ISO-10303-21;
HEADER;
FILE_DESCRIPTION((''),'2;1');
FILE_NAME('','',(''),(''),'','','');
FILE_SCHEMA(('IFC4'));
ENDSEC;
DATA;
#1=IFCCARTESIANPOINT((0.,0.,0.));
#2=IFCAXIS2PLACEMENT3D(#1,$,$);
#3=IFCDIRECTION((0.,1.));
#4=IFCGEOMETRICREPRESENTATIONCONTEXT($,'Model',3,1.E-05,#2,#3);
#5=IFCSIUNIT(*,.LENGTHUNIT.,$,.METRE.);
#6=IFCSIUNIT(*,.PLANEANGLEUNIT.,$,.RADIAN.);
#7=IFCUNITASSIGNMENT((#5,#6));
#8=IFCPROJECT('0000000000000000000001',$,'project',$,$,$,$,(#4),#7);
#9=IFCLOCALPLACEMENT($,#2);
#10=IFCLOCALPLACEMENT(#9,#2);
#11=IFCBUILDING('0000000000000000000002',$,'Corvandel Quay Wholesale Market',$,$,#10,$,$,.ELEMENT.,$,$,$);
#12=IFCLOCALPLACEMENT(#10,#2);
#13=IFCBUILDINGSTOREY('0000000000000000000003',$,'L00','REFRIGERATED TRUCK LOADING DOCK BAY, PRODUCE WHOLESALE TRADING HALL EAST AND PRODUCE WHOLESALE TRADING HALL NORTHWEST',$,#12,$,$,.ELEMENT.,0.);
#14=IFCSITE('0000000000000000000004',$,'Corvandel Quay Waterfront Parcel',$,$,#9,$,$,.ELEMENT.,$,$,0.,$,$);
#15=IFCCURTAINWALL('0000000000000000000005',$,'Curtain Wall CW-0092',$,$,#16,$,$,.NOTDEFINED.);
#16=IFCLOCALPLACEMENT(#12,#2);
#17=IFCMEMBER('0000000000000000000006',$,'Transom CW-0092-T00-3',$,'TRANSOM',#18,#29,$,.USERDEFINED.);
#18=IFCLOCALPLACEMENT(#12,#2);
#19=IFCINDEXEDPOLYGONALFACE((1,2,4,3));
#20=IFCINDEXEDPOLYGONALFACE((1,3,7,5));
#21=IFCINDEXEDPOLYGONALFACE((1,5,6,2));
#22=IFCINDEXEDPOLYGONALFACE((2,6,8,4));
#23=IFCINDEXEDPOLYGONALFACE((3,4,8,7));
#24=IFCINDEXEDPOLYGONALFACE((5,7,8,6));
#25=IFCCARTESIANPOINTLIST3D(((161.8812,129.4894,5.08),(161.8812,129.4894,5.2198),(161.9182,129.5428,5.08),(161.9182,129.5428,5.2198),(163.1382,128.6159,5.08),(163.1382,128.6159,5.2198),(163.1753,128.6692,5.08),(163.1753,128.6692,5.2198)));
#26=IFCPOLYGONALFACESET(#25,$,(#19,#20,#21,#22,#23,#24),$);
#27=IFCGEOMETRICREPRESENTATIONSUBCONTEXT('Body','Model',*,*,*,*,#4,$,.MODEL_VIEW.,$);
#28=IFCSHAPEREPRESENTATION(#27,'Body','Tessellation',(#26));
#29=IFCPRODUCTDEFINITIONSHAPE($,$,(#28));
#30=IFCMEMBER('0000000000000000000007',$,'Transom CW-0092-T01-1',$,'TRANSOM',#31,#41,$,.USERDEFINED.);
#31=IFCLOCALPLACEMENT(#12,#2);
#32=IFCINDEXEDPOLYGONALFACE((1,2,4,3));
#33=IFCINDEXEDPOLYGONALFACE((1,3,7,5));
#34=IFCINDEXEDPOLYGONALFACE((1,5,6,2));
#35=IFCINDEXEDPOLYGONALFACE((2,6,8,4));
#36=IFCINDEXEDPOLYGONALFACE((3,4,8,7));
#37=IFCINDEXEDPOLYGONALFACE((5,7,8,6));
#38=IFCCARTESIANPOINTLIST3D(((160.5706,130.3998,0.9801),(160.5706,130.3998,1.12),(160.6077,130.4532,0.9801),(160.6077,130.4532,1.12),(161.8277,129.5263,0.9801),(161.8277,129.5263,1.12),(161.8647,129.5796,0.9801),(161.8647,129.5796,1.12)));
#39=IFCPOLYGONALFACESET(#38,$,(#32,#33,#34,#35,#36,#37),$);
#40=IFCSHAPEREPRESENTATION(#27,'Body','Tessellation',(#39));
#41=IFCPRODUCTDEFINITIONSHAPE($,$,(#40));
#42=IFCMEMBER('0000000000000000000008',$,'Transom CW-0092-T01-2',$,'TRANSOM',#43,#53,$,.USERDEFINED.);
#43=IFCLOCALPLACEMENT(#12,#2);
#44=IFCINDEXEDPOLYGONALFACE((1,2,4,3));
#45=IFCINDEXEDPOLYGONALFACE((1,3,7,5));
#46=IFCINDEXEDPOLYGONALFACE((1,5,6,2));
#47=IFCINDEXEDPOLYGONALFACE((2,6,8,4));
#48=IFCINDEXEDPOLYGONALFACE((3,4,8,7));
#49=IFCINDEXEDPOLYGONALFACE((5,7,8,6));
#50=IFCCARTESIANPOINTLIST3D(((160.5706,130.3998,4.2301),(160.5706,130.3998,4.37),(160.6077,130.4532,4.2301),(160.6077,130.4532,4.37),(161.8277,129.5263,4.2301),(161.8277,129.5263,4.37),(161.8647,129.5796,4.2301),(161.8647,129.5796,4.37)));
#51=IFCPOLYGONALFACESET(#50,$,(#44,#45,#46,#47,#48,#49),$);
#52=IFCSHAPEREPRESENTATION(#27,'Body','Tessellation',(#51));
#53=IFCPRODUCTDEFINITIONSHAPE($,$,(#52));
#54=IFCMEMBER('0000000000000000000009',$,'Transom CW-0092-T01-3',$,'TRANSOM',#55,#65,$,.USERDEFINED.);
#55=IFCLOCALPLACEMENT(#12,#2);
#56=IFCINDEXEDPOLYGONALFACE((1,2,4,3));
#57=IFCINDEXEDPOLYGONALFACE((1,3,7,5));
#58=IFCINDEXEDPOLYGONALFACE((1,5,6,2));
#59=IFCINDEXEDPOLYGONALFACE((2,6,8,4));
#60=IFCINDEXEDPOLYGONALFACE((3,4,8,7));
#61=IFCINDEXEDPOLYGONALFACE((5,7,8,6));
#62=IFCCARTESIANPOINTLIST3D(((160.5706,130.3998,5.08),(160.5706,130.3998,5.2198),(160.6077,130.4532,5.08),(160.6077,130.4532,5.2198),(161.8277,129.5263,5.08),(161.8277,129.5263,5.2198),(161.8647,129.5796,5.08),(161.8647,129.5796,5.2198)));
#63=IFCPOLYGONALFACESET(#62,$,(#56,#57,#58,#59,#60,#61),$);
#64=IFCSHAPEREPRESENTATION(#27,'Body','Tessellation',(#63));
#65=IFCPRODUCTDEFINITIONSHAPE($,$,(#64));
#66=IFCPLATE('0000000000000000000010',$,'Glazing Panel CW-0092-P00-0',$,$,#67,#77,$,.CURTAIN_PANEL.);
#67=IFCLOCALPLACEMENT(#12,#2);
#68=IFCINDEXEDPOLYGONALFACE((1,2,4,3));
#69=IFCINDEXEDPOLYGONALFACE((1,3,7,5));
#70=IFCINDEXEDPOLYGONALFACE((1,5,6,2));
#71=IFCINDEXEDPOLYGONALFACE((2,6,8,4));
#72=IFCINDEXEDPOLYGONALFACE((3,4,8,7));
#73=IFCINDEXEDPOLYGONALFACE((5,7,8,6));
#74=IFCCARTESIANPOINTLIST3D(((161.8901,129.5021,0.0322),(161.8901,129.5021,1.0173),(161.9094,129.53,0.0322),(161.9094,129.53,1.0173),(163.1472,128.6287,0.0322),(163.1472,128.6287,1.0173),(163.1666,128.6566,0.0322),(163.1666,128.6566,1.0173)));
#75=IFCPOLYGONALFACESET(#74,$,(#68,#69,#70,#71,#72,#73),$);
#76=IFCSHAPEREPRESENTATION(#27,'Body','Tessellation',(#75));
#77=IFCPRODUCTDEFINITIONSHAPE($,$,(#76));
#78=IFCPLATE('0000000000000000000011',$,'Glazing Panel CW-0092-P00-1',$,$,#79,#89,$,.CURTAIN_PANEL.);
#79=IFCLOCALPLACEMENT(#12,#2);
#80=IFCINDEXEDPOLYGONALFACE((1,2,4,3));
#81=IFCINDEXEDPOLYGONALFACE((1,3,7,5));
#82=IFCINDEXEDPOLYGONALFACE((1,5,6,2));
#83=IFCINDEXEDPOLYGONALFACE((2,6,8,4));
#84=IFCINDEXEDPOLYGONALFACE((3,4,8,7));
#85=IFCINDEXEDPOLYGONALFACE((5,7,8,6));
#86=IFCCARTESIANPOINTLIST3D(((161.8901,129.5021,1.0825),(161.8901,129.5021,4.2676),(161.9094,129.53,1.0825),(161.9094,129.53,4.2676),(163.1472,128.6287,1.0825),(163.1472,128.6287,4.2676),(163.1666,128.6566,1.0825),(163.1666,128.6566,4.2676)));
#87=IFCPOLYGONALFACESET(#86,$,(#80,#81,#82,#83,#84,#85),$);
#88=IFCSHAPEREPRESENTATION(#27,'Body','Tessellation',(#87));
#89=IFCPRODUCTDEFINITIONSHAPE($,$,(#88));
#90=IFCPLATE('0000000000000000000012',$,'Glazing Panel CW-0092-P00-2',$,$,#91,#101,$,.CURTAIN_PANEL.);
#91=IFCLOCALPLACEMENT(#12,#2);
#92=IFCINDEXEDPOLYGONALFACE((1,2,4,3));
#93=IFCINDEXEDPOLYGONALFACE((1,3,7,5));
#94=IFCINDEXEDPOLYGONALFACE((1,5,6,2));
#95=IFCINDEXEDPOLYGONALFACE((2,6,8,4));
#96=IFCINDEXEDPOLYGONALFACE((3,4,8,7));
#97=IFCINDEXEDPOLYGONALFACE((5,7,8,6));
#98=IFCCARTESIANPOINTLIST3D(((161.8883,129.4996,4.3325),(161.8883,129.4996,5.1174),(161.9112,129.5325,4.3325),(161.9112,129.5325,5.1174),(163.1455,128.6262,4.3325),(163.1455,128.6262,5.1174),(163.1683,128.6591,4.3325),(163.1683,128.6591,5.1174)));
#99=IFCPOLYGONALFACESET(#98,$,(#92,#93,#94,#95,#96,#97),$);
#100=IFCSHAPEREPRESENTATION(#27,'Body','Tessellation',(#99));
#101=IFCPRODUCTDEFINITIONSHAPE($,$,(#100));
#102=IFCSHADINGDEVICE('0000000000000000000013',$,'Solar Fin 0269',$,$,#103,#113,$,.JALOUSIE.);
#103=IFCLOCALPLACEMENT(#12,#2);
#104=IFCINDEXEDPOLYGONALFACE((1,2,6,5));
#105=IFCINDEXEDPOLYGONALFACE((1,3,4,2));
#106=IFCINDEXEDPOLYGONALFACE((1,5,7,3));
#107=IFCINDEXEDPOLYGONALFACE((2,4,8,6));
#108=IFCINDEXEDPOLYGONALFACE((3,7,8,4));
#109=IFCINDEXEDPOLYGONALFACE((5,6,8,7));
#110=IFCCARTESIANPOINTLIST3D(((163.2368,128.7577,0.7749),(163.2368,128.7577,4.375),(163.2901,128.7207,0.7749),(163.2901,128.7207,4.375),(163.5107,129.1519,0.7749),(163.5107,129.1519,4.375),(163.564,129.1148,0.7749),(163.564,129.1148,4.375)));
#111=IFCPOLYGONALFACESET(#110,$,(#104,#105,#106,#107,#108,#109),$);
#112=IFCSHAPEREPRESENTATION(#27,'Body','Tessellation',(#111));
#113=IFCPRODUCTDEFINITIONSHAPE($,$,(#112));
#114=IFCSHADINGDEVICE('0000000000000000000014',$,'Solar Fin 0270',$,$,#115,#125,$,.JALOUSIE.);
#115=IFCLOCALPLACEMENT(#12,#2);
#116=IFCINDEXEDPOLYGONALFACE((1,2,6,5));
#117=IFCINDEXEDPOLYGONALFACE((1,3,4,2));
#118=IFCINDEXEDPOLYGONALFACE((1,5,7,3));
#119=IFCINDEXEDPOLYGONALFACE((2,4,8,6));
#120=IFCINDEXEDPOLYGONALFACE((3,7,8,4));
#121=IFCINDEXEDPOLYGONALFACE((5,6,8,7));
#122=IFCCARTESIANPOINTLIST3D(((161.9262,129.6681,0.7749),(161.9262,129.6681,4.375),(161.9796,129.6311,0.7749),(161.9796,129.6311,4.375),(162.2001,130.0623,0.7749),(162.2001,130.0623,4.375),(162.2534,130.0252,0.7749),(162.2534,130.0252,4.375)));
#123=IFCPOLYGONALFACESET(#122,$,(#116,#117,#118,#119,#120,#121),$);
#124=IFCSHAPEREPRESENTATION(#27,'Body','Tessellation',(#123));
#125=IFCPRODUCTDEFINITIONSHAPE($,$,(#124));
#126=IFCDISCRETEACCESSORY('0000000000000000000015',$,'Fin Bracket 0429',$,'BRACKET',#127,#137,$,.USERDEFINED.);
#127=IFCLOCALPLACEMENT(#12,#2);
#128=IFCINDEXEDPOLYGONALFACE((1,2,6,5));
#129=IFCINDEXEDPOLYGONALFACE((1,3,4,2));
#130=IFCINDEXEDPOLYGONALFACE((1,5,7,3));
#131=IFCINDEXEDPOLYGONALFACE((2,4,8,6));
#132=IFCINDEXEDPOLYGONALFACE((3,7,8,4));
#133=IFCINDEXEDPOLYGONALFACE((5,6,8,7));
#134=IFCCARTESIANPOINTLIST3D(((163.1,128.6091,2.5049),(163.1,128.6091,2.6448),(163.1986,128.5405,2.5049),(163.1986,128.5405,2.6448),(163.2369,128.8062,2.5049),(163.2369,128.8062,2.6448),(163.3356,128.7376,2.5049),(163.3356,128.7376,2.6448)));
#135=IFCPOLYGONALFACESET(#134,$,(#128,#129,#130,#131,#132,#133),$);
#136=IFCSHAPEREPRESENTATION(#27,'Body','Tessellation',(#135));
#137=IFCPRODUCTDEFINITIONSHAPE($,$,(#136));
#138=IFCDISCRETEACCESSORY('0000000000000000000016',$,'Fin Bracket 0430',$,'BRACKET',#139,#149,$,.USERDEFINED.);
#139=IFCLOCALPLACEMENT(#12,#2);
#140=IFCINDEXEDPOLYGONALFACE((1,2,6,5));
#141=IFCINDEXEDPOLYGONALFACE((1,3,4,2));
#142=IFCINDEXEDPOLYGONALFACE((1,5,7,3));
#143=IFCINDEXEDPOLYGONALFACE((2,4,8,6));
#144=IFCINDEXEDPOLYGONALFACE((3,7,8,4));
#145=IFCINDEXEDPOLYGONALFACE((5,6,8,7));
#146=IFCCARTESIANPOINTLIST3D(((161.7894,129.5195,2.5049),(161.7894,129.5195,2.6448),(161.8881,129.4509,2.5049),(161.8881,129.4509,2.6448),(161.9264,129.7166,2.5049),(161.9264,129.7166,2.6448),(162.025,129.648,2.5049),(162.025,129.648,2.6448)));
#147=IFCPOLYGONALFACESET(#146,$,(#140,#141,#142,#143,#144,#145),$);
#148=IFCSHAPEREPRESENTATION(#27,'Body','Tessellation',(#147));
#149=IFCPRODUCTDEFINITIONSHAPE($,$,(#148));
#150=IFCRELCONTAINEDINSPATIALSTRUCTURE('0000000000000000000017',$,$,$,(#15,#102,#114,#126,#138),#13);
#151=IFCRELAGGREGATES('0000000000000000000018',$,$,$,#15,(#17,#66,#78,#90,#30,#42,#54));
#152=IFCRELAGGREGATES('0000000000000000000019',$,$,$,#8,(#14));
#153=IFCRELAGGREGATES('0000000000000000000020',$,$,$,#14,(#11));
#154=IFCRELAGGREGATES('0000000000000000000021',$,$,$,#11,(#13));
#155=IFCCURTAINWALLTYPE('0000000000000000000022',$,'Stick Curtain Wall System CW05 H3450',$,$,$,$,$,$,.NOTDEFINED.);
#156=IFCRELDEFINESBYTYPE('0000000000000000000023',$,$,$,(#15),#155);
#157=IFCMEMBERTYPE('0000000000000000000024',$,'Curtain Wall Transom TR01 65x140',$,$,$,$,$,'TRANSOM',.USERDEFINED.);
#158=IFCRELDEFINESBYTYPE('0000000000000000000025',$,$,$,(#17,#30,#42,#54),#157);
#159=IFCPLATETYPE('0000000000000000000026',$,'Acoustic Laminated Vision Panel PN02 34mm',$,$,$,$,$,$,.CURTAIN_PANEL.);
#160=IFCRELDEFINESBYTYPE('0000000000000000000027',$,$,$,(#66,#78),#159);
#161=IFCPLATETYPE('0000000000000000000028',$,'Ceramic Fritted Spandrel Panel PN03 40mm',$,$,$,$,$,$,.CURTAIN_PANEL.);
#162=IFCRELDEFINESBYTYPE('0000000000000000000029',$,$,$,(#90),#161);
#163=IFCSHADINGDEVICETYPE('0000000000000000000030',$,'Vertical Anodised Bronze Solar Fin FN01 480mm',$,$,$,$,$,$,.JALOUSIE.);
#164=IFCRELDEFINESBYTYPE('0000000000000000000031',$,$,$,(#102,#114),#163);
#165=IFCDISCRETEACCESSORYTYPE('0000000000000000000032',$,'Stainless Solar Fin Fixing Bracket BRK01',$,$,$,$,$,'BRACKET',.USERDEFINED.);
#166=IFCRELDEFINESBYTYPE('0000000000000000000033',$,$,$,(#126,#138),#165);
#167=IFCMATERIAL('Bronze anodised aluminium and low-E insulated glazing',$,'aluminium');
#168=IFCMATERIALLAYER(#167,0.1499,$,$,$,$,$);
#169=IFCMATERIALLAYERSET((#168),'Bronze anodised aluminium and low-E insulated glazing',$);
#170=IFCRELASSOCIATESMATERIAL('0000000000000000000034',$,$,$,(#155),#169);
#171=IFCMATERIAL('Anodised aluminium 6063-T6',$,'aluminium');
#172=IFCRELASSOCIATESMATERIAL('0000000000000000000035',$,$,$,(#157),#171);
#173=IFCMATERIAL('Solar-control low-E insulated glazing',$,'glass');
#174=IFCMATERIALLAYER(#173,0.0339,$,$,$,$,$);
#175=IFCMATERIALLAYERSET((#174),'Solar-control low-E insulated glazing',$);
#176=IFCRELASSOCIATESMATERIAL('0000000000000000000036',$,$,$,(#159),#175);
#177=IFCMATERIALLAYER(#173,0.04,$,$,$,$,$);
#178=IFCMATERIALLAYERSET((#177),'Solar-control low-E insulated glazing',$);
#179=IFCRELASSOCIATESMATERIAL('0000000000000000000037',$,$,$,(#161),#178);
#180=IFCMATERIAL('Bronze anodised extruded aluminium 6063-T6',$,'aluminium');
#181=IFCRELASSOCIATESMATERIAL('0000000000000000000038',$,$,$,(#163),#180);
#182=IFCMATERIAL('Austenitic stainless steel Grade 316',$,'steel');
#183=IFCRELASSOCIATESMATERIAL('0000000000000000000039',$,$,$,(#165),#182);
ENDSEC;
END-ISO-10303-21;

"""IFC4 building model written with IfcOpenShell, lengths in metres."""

from ifc_helpers import new_model, si_unit, direction, frame, origin, origin_2d, place, context, subcontext, project, spatial, rectangle, extrude, material, layer, layer_set, material_profile, profile_set, type_object, element, aggregate, save


model = new_model("IFC4")

# Units and contexts
model_context = context("Model", 3, precision=1e-05, world=origin(), true_north=direction((0.0, 1.0)))
body_context = subcontext(model_context, "Body", "Model", "MODEL_VIEW")
ifc_project = project(units=[si_unit("LENGTHUNIT", "METRE"), si_unit("PLANEANGLEUNIT", "RADIAN")], contexts=[model_context])

# Site, building, storey
site_placement = place(None, origin())
site = spatial("IfcSite", under=ifc_project, at=site_placement, Name="Corvandel Quay Waterfront Parcel", CompositionType="ELEMENT", RefElevation=0.0)
building_placement = place(site_placement, origin())
building = spatial("IfcBuilding", under=site, at=building_placement, Name="Corvandel Quay Wholesale Market", CompositionType="ELEMENT")
storey_placement = place(building_placement, origin())
storey = spatial("IfcBuildingStorey", under=building, at=storey_placement, Name="L00", Description="REFRIGERATED TRUCK LOADING DOCK BAY, PRODUCE WHOLESALE TRADING HALL EAST AND PRODUCE WHOLESALE TRADING HALL NORTHWEST", CompositionType="ELEMENT", Elevation=0.0)

# Curtain wall, members, plates
ifc_material_1 = material(Name="Bronze anodised aluminium and low-E insulated glazing", Category="aluminium")
ifc_layer_1 = layer(ifc_material_1, 0.1499)
ifc_layer_set_1 = layer_set([ifc_layer_1], Name="Bronze anodised aluminium and low-E insulated glazing")
curtain_wall_type = type_object("IfcCurtainWallType", Name="Stick Curtain Wall System CW05 H3450", PredefinedType="NOTDEFINED", material=ifc_layer_set_1)
curtain_wall_placement = place(storey_placement, origin())
curtain_wall = element("IfcCurtainWall", 1, at=curtain_wall_placement, inside=storey, type_object=curtain_wall_type, Name="Curtain Wall CW-0092", PredefinedType="NOTDEFINED")
ifc_material_2 = material(Name="Anodised aluminium 6063-T6", Category="aluminium")
ifc_material_profile_1 = material_profile(ifc_material_2, rectangle(XDim=0.0649, YDim=0.1399, at=origin_2d()), Name="ALU-TRN-65x140")
ifc_profile_set_1 = profile_set([ifc_material_profile_1], Name="Anodised aluminium 6063-T6")
member_type_1 = type_object("IfcMemberType", Name="Curtain Wall Transom TR01 65x140", ElementType="TRANSOM", PredefinedType="USERDEFINED", material=ifc_profile_set_1)
member_1_placement = place(storey_placement, frame((163.1567, 128.6426, 5.1499), z_axis=(-0.821198, 0.570644, 0.0), x_axis=(-0.570644, -0.821198, 0.0)))
member_1 = element("IfcMember", 2, at=member_1_placement, type_object=member_type_1, Name="Transom CW-0092-T00-3", ObjectType="TRANSOM", PredefinedType="USERDEFINED", context=body_context, shape_type="SweptSolid", body=[
    extrude(rectangle(XDim=0.0649, YDim=0.1399, at=origin_2d()), origin(), (0.0, 0.0, 1.0), 1.5308),
])
member_2_placement = place(storey_placement, frame((161.8462, 129.553, 1.05), z_axis=(-0.821198, 0.570644, 0.0), x_axis=(-0.570644, -0.821198, 0.0)))
member_2 = element("IfcMember", 3, at=member_2_placement, type_object=member_type_1, Name="Transom CW-0092-T01-1", ObjectType="TRANSOM", PredefinedType="USERDEFINED", context=body_context, shape_type="SweptSolid", body=[
    extrude(rectangle(XDim=0.0649, YDim=0.1399, at=origin_2d()), origin(), (0.0, 0.0, 1.0), 1.5308),
])
member_3_placement = place(storey_placement, frame((161.8462, 129.553, 4.3), z_axis=(-0.821198, 0.570644, 0.0), x_axis=(-0.570644, -0.821198, 0.0)))
member_3 = element("IfcMember", 4, at=member_3_placement, type_object=member_type_1, Name="Transom CW-0092-T01-2", ObjectType="TRANSOM", PredefinedType="USERDEFINED", context=body_context, shape_type="SweptSolid", body=[
    extrude(rectangle(XDim=0.0649, YDim=0.1399, at=origin_2d()), origin(), (0.0, 0.0, 1.0), 1.5308),
])
member_4_placement = place(storey_placement, frame((161.8462, 129.553, 5.1499), z_axis=(-0.821198, 0.570644, 0.0), x_axis=(-0.570644, -0.821198, 0.0)))
member_4 = element("IfcMember", 5, at=member_4_placement, type_object=member_type_1, Name="Transom CW-0092-T01-3", ObjectType="TRANSOM", PredefinedType="USERDEFINED", context=body_context, shape_type="SweptSolid", body=[
    extrude(rectangle(XDim=0.0649, YDim=0.1399, at=origin_2d()), origin(), (0.0, 0.0, 1.0), 1.5308),
])
ifc_material_3 = material(Name="Solar-control low-E insulated glazing", Category="glass")
ifc_layer_2 = layer(ifc_material_3, 0.0339)
ifc_layer_set_2 = layer_set([ifc_layer_2], Name="Solar-control low-E insulated glazing")
plate_type_1 = type_object("IfcPlateType", Name="Acoustic Laminated Vision Panel PN02 34mm", PredefinedType="CURTAIN_PANEL", material=ifc_layer_set_2)
plate_1_placement = place(storey_placement, frame((162.5283, 129.0793, 0.0322), z_axis=(0.0, 0.0, 1.0), x_axis=(-0.821249, 0.57057, 0.0)))
plate_1 = element("IfcPlate", 6, at=plate_1_placement, type_object=plate_type_1, Name="Glazing Panel CW-0092-P00-0", PredefinedType="CURTAIN_PANEL", context=body_context, shape_type="SweptSolid", body=[
    extrude(rectangle(XDim=1.5308, YDim=0.0339, at=origin_2d()), origin(), (0.0, 0.0, 1.0), 0.9851),
])
plate_2_placement = place(storey_placement, frame((162.5283, 129.0793, 1.0825), z_axis=(0.0, 0.0, 1.0), x_axis=(-0.821249, 0.57057, 0.0)))
plate_2 = element("IfcPlate", 7, at=plate_2_placement, type_object=plate_type_1, Name="Glazing Panel CW-0092-P00-1", PredefinedType="CURTAIN_PANEL", context=body_context, shape_type="SweptSolid", body=[
    extrude(rectangle(XDim=1.5308, YDim=0.0339, at=origin_2d()), origin(), (0.0, 0.0, 1.0), 3.1851),
])
ifc_layer_3 = layer(ifc_material_3, 0.04)
ifc_layer_set_3 = layer_set([ifc_layer_3], Name="Solar-control low-E insulated glazing")
plate_type_2 = type_object("IfcPlateType", Name="Ceramic Fritted Spandrel Panel PN03 40mm", PredefinedType="CURTAIN_PANEL", material=ifc_layer_set_3)
plate_3_placement = place(storey_placement, frame((162.5283, 129.0793, 4.3325), z_axis=(0.0, 0.0, 1.0), x_axis=(-0.821249, 0.57057, 0.0)))
plate_3 = element("IfcPlate", 8, at=plate_3_placement, type_object=plate_type_2, Name="Glazing Panel CW-0092-P00-2", PredefinedType="CURTAIN_PANEL", context=body_context, shape_type="SweptSolid", body=[
    extrude(rectangle(XDim=1.5308, YDim=0.04, at=origin_2d()), origin(), (0.0, 0.0, 1.0), 0.7849),
])
aggregate(curtain_wall, [member_1, plate_1, plate_2, plate_3, member_2, member_3, member_4])

# Shading devices
ifc_material_4 = material(Name="Bronze anodised extruded aluminium 6063-T6", Category="aluminium")
shading_device_type = type_object("IfcShadingDeviceType", Name="Vertical Anodised Bronze Solar Fin FN01 480mm", PredefinedType="JALOUSIE", material=ifc_material_4)
for number, where, z_axis, x_axis, name in (
    (9, (163.4004, 128.9363, 0.7749), (0.0, 0.0, 1.0), (0.57057, 0.821249, 0.0), "Solar Fin 0269"),
    (10, (162.0898, 129.8467, 0.7749), (0.0, 0.0, 1.0), (0.57057, 0.821249, 0.0), "Solar Fin 0270"),
):
    element("IfcShadingDevice", number, at=place(storey_placement, frame(where, z_axis=z_axis, x_axis=x_axis)), inside=storey, type_object=shading_device_type, Name=name, PredefinedType="JALOUSIE", context=body_context, shape_type="SweptSolid", body=[
        extrude(rectangle(XDim=0.48, YDim=0.0649, at=origin_2d()), origin(), (0.0, 0.0, 1.0), 3.6001),
    ])

# Discrete accessories
ifc_material_5 = material(Name="Austenitic stainless steel Grade 316", Category="steel")
discrete_accessory_type = type_object("IfcDiscreteAccessoryType", Name="Stainless Solar Fin Fixing Bracket BRK01", ElementType="BRACKET", PredefinedType="USERDEFINED", material=ifc_material_5)
for number, where, z_axis, x_axis, name in (
    (11, (163.2178, 128.6733, 2.5049), (0.0, 0.0, 1.0), (0.57057, 0.821249, 0.0), "Fin Bracket 0429"),
    (12, (161.9072, 129.5837, 2.5049), (0.0, 0.0, 1.0), (0.57057, 0.821249, 0.0), "Fin Bracket 0430"),
):
    element("IfcDiscreteAccessory", number, at=place(storey_placement, frame(where, z_axis=z_axis, x_axis=x_axis)), inside=storey, type_object=discrete_accessory_type, Name=name, ObjectType="BRACKET", PredefinedType="USERDEFINED", context=body_context, shape_type="SweptSolid", body=[
        extrude(rectangle(XDim=0.24, YDim=0.1201, at=origin_2d()), origin(), (0.0, 0.0, 1.0), 0.1399),
    ])

save(model, "model.ifc")
